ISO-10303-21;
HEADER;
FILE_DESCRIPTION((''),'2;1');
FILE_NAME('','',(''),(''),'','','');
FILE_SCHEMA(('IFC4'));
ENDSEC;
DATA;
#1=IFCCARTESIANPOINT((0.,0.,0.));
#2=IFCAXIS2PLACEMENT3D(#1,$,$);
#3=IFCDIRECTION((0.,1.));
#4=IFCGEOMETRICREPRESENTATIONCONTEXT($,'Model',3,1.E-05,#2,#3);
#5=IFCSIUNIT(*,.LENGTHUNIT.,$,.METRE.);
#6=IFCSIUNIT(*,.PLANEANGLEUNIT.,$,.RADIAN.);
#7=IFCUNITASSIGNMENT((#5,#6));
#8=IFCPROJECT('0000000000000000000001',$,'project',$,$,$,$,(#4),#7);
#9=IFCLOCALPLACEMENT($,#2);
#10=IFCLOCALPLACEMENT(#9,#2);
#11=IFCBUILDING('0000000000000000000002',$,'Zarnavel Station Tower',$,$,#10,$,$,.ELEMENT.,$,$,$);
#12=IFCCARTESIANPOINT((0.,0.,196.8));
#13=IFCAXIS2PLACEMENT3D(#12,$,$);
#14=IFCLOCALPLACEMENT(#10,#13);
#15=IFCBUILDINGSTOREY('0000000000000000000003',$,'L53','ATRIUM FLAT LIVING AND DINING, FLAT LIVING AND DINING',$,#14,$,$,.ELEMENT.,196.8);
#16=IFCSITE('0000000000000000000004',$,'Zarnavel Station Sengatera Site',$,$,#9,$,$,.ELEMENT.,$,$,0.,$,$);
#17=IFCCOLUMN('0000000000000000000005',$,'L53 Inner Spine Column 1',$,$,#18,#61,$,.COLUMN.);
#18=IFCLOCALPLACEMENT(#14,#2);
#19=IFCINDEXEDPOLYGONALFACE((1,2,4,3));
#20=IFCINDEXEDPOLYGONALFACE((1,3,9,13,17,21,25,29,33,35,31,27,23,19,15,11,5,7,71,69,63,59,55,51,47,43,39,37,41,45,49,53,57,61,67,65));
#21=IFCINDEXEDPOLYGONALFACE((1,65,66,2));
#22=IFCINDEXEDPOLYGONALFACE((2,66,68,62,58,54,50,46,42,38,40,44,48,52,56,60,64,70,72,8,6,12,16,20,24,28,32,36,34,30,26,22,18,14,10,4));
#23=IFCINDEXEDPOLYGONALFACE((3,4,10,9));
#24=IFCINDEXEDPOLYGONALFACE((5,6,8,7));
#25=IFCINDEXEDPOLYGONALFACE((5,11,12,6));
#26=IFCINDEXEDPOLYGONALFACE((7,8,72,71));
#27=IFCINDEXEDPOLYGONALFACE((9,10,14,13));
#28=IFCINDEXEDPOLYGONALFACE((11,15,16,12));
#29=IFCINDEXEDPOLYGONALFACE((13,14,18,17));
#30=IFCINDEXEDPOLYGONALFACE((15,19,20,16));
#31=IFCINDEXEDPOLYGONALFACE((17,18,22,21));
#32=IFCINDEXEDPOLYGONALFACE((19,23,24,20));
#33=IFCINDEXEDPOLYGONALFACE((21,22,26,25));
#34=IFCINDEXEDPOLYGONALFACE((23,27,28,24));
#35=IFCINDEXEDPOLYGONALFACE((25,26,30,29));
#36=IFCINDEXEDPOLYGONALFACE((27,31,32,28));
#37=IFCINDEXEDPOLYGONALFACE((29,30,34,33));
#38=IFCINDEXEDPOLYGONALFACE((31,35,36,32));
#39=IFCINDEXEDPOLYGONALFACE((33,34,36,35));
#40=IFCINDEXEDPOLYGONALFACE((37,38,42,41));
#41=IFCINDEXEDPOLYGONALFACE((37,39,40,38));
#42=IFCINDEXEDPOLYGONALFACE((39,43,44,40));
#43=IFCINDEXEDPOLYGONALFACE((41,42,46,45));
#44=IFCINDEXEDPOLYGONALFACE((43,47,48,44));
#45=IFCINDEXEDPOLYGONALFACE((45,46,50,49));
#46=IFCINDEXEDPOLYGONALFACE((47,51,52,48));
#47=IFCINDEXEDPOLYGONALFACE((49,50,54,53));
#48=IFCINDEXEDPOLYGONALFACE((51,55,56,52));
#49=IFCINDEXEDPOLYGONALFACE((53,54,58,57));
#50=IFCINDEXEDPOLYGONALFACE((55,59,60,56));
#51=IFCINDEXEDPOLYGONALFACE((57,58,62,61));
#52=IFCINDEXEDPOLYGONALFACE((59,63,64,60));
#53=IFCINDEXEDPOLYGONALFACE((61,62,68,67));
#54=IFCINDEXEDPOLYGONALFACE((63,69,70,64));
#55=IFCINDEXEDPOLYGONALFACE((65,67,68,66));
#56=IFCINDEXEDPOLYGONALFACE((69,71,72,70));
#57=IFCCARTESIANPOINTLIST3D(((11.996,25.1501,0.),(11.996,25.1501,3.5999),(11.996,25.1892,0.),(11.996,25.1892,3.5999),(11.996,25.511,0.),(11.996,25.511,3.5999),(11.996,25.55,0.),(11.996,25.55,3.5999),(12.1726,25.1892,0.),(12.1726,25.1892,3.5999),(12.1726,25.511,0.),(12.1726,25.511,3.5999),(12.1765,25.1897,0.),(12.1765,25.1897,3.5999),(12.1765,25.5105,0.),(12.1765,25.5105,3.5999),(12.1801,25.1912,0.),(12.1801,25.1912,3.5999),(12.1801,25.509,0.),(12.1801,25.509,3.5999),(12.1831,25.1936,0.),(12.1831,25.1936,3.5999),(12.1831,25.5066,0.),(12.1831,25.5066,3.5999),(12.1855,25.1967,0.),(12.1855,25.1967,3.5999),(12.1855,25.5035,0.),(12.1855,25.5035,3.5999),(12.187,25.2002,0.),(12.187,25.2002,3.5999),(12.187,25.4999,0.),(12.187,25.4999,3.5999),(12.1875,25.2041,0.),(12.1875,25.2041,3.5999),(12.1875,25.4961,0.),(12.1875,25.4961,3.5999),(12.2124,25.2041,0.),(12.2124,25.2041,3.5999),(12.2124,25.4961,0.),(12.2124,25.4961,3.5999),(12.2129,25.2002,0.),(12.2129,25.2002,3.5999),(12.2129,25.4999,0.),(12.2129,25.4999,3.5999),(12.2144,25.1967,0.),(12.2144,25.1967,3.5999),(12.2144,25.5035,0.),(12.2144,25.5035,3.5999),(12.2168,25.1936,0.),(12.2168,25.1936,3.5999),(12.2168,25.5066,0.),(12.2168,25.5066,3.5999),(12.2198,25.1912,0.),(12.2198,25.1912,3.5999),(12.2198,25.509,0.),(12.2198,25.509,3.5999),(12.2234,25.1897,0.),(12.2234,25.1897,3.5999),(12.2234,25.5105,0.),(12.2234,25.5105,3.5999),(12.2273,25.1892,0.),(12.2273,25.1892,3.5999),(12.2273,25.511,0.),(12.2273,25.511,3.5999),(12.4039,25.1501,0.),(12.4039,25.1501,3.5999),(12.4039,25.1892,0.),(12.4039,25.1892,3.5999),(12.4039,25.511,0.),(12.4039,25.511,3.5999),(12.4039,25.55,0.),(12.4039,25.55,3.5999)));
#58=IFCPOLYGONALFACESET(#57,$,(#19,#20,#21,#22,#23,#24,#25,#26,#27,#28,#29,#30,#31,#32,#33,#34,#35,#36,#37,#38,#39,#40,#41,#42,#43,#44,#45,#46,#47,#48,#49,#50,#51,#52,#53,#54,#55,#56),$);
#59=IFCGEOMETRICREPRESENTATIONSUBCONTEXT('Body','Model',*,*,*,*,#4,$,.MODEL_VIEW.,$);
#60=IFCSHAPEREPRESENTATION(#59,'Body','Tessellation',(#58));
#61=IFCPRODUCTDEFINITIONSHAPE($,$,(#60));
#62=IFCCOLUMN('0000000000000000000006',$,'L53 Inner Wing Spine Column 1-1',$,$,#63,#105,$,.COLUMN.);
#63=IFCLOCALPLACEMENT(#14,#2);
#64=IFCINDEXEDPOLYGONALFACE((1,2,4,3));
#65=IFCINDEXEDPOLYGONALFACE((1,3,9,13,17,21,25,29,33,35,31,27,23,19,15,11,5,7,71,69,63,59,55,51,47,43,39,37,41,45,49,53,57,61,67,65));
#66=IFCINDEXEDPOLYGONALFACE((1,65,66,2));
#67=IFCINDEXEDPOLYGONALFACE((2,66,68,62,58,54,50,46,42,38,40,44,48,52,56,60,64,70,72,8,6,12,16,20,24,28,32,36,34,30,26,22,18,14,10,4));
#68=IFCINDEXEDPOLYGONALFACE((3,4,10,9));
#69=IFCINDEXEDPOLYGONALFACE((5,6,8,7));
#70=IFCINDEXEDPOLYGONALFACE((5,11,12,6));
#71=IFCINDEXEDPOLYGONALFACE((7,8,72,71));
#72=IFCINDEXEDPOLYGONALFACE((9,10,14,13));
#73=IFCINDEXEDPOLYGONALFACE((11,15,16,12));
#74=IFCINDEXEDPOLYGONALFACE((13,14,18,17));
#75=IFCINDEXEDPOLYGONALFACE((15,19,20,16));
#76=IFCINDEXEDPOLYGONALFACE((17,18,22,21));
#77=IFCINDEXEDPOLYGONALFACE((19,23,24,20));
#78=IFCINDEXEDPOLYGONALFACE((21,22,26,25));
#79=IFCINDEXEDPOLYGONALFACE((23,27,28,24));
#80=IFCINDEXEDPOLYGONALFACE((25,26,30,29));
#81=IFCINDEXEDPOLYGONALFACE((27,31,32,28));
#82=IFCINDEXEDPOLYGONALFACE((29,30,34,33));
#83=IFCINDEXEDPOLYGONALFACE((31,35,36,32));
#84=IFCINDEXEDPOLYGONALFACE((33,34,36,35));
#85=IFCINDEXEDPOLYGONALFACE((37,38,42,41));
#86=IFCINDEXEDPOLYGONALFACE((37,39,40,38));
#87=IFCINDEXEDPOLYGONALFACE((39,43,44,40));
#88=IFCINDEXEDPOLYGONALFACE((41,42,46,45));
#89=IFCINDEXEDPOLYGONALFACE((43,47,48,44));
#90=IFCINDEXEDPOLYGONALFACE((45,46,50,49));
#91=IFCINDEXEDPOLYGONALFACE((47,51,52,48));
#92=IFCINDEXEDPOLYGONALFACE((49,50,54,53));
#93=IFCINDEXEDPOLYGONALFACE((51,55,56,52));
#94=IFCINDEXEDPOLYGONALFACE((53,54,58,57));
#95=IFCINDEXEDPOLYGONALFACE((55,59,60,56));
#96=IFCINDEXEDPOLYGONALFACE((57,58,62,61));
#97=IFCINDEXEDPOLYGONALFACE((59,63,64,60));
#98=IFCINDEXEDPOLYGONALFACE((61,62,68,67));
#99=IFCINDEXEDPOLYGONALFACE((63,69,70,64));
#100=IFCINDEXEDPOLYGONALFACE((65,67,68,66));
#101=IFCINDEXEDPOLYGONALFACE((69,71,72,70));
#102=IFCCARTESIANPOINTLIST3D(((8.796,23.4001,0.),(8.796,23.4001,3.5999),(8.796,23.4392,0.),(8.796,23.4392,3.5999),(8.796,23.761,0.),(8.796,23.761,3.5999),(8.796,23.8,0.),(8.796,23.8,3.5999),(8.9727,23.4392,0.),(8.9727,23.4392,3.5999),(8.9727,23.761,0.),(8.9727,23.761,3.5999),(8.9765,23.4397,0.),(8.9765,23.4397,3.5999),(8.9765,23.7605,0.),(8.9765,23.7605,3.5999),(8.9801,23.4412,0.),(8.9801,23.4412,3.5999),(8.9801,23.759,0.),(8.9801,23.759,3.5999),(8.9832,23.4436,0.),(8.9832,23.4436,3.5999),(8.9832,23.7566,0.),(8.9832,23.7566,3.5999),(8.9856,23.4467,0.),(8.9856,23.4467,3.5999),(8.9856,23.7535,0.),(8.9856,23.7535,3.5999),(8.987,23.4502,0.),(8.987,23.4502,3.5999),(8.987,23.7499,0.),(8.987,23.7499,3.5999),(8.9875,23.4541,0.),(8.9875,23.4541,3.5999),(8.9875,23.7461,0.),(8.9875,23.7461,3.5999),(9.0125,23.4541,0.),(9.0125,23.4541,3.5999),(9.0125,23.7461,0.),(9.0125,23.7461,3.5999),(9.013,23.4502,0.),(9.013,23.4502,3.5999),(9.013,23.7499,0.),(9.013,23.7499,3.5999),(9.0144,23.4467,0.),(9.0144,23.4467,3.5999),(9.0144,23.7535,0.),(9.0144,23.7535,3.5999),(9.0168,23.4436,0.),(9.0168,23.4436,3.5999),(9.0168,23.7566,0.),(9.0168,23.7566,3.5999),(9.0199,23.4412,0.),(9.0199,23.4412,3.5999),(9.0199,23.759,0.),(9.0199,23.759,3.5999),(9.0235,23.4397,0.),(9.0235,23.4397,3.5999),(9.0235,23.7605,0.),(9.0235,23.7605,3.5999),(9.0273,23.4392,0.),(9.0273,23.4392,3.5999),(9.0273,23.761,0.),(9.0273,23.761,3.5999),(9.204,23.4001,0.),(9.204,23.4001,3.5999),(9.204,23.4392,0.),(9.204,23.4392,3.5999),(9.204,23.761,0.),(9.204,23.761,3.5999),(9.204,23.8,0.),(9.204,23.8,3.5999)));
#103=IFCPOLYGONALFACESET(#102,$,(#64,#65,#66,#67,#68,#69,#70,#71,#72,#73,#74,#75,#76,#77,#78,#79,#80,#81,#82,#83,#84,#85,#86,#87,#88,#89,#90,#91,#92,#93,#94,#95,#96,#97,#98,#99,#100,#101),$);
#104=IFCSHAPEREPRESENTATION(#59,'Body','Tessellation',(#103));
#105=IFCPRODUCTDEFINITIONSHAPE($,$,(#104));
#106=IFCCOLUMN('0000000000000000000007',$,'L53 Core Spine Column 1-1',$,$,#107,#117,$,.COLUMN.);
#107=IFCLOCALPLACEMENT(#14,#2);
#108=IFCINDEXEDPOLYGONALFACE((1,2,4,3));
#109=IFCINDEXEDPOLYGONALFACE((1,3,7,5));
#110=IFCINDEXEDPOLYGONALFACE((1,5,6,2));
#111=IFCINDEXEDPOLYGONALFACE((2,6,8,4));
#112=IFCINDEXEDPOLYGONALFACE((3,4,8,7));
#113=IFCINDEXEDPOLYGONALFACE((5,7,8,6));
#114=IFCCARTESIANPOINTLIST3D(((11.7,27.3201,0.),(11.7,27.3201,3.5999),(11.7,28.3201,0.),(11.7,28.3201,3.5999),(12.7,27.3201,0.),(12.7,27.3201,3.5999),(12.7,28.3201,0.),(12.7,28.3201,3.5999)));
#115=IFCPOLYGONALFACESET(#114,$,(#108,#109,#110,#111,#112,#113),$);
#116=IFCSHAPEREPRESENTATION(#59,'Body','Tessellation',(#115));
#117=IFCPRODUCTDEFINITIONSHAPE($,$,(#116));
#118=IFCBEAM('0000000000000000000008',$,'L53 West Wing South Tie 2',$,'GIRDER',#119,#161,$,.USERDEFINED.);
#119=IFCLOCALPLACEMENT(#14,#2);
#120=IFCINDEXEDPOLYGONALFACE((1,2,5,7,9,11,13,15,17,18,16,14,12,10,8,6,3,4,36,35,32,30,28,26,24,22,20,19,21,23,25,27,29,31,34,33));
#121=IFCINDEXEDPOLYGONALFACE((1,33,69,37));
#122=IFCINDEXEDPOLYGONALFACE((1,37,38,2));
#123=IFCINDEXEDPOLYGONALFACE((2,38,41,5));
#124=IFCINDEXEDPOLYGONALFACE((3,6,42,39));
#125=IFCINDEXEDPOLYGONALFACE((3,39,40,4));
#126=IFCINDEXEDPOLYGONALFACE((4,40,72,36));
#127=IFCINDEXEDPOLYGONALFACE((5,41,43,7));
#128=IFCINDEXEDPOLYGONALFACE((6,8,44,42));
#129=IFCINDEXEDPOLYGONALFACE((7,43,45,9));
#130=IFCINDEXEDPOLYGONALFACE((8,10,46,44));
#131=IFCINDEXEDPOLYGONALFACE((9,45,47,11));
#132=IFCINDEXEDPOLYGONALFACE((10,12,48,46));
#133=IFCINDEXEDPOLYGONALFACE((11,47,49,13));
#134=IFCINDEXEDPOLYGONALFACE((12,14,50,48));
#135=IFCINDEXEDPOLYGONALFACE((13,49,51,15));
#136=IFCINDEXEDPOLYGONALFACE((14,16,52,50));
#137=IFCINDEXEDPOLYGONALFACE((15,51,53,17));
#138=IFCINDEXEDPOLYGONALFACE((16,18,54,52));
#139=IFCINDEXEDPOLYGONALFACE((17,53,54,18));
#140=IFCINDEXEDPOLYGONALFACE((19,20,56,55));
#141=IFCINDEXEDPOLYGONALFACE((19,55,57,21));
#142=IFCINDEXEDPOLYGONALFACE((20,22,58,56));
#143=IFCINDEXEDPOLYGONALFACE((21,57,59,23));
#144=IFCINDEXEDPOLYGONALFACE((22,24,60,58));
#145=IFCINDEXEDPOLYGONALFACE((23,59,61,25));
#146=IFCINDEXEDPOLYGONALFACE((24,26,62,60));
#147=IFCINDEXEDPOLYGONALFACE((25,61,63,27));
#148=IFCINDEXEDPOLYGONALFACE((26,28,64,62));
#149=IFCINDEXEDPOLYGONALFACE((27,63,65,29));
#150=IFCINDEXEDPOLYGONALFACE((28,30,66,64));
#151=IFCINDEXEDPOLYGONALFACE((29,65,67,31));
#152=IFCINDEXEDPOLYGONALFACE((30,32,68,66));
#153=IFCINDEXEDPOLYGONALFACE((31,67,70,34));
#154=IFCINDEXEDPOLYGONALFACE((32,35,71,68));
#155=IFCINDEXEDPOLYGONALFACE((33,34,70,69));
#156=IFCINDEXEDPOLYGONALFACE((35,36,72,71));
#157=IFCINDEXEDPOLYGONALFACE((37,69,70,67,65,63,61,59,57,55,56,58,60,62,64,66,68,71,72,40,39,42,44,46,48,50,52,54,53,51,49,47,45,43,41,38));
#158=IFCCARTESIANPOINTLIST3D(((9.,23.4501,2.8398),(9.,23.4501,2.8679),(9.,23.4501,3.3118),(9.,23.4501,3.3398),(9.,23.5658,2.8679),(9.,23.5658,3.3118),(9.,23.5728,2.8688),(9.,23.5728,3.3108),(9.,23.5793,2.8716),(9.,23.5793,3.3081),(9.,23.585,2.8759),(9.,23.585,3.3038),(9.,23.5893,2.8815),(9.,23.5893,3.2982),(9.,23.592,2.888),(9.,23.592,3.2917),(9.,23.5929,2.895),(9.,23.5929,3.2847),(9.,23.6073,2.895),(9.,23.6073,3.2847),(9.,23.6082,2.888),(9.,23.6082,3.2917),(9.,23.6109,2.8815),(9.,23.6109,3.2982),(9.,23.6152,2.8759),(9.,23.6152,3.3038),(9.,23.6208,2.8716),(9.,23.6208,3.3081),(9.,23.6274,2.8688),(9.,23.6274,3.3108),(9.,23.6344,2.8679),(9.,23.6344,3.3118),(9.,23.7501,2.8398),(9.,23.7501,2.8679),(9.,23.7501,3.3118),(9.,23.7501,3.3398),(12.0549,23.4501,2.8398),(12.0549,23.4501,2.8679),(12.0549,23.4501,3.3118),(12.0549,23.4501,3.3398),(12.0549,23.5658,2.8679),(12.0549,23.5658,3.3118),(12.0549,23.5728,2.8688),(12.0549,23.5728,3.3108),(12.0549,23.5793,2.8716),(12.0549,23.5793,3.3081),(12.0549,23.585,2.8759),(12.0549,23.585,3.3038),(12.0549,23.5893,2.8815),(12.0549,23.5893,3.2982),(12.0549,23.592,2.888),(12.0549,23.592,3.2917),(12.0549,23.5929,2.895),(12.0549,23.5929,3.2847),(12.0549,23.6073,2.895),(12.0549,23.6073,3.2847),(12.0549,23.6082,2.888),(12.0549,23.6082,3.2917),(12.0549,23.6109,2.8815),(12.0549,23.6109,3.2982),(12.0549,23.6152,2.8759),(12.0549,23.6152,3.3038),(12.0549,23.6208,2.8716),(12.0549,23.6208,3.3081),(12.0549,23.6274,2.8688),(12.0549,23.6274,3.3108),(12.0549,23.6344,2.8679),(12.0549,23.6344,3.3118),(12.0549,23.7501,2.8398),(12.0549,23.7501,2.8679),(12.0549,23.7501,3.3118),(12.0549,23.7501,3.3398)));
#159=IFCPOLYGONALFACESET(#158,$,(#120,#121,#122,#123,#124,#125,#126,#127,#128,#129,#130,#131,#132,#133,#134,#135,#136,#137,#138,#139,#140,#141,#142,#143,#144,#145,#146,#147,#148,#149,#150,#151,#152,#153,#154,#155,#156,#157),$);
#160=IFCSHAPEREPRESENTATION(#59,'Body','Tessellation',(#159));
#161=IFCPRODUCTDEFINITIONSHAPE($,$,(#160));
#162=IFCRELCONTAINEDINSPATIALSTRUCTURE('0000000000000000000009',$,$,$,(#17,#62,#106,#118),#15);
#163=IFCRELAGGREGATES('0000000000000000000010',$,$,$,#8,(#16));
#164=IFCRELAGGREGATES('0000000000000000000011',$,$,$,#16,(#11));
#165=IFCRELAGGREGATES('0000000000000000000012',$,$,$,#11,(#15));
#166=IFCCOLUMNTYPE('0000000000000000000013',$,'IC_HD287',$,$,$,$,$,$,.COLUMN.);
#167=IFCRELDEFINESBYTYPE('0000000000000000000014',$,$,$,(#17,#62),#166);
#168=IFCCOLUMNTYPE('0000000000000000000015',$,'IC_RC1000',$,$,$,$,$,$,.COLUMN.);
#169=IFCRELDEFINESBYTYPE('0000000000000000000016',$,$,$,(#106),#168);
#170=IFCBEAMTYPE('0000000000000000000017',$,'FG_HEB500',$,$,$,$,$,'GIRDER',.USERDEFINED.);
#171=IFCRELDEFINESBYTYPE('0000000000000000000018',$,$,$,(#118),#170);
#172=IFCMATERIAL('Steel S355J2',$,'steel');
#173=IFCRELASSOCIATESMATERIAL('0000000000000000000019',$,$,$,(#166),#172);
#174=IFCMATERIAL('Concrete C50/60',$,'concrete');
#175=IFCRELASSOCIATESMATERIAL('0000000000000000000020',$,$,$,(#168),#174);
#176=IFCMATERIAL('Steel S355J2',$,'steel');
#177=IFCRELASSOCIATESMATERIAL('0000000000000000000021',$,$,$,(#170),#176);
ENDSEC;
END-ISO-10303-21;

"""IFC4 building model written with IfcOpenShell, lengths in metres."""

from ifc_helpers import new_model, si_unit, direction, frame, origin, origin_2d, place, context, subcontext, project, spatial, rectangle, i_section, extrude, material, material_profile, profile_set, type_object, element, save


model = new_model("IFC4")

# Units and contexts
model_context = context("Model", 3, precision=1e-05, world=origin(), true_north=direction((0.0, 1.0)))
body_context = subcontext(model_context, "Body", "Model", "MODEL_VIEW")
ifc_project = project(units=[si_unit("LENGTHUNIT", "METRE"), si_unit("PLANEANGLEUNIT", "RADIAN")], contexts=[model_context])

# Site, building, storey
site_placement = place(None, origin())
site = spatial("IfcSite", under=ifc_project, at=site_placement, Name="Zarnavel Station Sengatera Site", CompositionType="ELEMENT", RefElevation=0.0)
building_placement = place(site_placement, origin())
building = spatial("IfcBuilding", under=site, at=building_placement, Name="Zarnavel Station Tower", CompositionType="ELEMENT")
storey_placement = place(building_placement, frame((0.0, 0.0, 196.8)))
storey = spatial("IfcBuildingStorey", under=building, at=storey_placement, Name="L53", Description="ATRIUM FLAT LIVING AND DINING, FLAT LIVING AND DINING", CompositionType="ELEMENT", Elevation=196.8)

# Columns
ifc_material_1 = material(Name="Steel S355J2", Category="steel")
ifc_material_profile_1 = material_profile(ifc_material_1, i_section(OverallWidth=0.408, OverallDepth=0.3999, WebThickness=0.0249, FlangeThickness=0.0391, FilletRadius=0.0149, at=origin_2d()), Name="HD400x287")
ifc_profile_set_1 = profile_set([ifc_material_profile_1], Name="Steel S355J2")
column_type_1 = type_object("IfcColumnType", Name="IC_HD287", PredefinedType="COLUMN", material=ifc_profile_set_1)
for number, where, z_axis, x_axis, name in (
    (1, (12.2, 25.3501, 0.0), (0.0, 0.0, 1.0), (1.0, 0.0, 0.0), "L53 Inner Spine Column 1"),
    (2, (9.0, 23.6001, 0.0), (0.0, 0.0, 1.0), (1.0, 0.0, 0.0), "L53 Inner Wing Spine Column 1-1"),
):
    element("IfcColumn", number, at=place(storey_placement, frame(where, z_axis=z_axis, x_axis=x_axis)), inside=storey, type_object=column_type_1, Name=name, PredefinedType="COLUMN", context=body_context, shape_type="SweptSolid", body=[
        extrude(i_section(OverallWidth=0.408, OverallDepth=0.3999, WebThickness=0.0249, FlangeThickness=0.0391, FilletRadius=0.0149, at=origin_2d()), origin(), (0.0, 0.0, 1.0), 3.5999),
    ])
ifc_material_2 = material(Name="Concrete C50/60", Category="concrete")
ifc_material_profile_2 = material_profile(ifc_material_2, rectangle(XDim=1.0, YDim=1.0, at=origin_2d()), Name="RC1000x1000")
ifc_profile_set_2 = profile_set([ifc_material_profile_2], Name="Concrete C50/60")
column_type_2 = type_object("IfcColumnType", Name="IC_RC1000", PredefinedType="COLUMN", material=ifc_profile_set_2)
column_placement = place(storey_placement, frame((12.2, 27.8201, 0.0), z_axis=(0.0, 0.0, 1.0), x_axis=(1.0, 0.0, 0.0)))
element("IfcColumn", 3, at=column_placement, inside=storey, type_object=column_type_2, Name="L53 Core Spine Column 1-1", PredefinedType="COLUMN", context=body_context, shape_type="SweptSolid", body=[
    extrude(rectangle(XDim=1.0, YDim=1.0, at=origin_2d()), origin(), (0.0, 0.0, 1.0), 3.5999),
])

# Beam
ifc_material_3 = material(Name="Steel S355J2", Category="steel")
ifc_material_profile_3 = material_profile(ifc_material_3, i_section(OverallWidth=0.3, OverallDepth=0.5, WebThickness=0.0144, FlangeThickness=0.0281, FilletRadius=0.0271, at=origin_2d()), Name="HEB500")
ifc_profile_set_3 = profile_set([ifc_material_profile_3], Name="Steel S355J2")
beam_type_1 = type_object("IfcBeamType", Name="FG_HEB500", ElementType="GIRDER", PredefinedType="USERDEFINED", material=ifc_profile_set_3)
beam_1_placement = place(storey_placement, frame((9.0, 23.6001, 3.0898), z_axis=(1.0, 0.0, 0.0), x_axis=(0.0, 1.0, 0.0)))
element("IfcBeam", 4, at=beam_1_placement, inside=storey, type_object=beam_type_1, Name="L53 West Wing South Tie 2", ObjectType="GIRDER", PredefinedType="USERDEFINED", context=body_context, shape_type="SweptSolid", body=[
    extrude(i_section(OverallWidth=0.3, OverallDepth=0.5, WebThickness=0.0144, FlangeThickness=0.0281, FilletRadius=0.0271, at=origin_2d()), origin(), (0.0, 0.0, 1.0), 3.0549),
])

save(model, "model.ifc")
